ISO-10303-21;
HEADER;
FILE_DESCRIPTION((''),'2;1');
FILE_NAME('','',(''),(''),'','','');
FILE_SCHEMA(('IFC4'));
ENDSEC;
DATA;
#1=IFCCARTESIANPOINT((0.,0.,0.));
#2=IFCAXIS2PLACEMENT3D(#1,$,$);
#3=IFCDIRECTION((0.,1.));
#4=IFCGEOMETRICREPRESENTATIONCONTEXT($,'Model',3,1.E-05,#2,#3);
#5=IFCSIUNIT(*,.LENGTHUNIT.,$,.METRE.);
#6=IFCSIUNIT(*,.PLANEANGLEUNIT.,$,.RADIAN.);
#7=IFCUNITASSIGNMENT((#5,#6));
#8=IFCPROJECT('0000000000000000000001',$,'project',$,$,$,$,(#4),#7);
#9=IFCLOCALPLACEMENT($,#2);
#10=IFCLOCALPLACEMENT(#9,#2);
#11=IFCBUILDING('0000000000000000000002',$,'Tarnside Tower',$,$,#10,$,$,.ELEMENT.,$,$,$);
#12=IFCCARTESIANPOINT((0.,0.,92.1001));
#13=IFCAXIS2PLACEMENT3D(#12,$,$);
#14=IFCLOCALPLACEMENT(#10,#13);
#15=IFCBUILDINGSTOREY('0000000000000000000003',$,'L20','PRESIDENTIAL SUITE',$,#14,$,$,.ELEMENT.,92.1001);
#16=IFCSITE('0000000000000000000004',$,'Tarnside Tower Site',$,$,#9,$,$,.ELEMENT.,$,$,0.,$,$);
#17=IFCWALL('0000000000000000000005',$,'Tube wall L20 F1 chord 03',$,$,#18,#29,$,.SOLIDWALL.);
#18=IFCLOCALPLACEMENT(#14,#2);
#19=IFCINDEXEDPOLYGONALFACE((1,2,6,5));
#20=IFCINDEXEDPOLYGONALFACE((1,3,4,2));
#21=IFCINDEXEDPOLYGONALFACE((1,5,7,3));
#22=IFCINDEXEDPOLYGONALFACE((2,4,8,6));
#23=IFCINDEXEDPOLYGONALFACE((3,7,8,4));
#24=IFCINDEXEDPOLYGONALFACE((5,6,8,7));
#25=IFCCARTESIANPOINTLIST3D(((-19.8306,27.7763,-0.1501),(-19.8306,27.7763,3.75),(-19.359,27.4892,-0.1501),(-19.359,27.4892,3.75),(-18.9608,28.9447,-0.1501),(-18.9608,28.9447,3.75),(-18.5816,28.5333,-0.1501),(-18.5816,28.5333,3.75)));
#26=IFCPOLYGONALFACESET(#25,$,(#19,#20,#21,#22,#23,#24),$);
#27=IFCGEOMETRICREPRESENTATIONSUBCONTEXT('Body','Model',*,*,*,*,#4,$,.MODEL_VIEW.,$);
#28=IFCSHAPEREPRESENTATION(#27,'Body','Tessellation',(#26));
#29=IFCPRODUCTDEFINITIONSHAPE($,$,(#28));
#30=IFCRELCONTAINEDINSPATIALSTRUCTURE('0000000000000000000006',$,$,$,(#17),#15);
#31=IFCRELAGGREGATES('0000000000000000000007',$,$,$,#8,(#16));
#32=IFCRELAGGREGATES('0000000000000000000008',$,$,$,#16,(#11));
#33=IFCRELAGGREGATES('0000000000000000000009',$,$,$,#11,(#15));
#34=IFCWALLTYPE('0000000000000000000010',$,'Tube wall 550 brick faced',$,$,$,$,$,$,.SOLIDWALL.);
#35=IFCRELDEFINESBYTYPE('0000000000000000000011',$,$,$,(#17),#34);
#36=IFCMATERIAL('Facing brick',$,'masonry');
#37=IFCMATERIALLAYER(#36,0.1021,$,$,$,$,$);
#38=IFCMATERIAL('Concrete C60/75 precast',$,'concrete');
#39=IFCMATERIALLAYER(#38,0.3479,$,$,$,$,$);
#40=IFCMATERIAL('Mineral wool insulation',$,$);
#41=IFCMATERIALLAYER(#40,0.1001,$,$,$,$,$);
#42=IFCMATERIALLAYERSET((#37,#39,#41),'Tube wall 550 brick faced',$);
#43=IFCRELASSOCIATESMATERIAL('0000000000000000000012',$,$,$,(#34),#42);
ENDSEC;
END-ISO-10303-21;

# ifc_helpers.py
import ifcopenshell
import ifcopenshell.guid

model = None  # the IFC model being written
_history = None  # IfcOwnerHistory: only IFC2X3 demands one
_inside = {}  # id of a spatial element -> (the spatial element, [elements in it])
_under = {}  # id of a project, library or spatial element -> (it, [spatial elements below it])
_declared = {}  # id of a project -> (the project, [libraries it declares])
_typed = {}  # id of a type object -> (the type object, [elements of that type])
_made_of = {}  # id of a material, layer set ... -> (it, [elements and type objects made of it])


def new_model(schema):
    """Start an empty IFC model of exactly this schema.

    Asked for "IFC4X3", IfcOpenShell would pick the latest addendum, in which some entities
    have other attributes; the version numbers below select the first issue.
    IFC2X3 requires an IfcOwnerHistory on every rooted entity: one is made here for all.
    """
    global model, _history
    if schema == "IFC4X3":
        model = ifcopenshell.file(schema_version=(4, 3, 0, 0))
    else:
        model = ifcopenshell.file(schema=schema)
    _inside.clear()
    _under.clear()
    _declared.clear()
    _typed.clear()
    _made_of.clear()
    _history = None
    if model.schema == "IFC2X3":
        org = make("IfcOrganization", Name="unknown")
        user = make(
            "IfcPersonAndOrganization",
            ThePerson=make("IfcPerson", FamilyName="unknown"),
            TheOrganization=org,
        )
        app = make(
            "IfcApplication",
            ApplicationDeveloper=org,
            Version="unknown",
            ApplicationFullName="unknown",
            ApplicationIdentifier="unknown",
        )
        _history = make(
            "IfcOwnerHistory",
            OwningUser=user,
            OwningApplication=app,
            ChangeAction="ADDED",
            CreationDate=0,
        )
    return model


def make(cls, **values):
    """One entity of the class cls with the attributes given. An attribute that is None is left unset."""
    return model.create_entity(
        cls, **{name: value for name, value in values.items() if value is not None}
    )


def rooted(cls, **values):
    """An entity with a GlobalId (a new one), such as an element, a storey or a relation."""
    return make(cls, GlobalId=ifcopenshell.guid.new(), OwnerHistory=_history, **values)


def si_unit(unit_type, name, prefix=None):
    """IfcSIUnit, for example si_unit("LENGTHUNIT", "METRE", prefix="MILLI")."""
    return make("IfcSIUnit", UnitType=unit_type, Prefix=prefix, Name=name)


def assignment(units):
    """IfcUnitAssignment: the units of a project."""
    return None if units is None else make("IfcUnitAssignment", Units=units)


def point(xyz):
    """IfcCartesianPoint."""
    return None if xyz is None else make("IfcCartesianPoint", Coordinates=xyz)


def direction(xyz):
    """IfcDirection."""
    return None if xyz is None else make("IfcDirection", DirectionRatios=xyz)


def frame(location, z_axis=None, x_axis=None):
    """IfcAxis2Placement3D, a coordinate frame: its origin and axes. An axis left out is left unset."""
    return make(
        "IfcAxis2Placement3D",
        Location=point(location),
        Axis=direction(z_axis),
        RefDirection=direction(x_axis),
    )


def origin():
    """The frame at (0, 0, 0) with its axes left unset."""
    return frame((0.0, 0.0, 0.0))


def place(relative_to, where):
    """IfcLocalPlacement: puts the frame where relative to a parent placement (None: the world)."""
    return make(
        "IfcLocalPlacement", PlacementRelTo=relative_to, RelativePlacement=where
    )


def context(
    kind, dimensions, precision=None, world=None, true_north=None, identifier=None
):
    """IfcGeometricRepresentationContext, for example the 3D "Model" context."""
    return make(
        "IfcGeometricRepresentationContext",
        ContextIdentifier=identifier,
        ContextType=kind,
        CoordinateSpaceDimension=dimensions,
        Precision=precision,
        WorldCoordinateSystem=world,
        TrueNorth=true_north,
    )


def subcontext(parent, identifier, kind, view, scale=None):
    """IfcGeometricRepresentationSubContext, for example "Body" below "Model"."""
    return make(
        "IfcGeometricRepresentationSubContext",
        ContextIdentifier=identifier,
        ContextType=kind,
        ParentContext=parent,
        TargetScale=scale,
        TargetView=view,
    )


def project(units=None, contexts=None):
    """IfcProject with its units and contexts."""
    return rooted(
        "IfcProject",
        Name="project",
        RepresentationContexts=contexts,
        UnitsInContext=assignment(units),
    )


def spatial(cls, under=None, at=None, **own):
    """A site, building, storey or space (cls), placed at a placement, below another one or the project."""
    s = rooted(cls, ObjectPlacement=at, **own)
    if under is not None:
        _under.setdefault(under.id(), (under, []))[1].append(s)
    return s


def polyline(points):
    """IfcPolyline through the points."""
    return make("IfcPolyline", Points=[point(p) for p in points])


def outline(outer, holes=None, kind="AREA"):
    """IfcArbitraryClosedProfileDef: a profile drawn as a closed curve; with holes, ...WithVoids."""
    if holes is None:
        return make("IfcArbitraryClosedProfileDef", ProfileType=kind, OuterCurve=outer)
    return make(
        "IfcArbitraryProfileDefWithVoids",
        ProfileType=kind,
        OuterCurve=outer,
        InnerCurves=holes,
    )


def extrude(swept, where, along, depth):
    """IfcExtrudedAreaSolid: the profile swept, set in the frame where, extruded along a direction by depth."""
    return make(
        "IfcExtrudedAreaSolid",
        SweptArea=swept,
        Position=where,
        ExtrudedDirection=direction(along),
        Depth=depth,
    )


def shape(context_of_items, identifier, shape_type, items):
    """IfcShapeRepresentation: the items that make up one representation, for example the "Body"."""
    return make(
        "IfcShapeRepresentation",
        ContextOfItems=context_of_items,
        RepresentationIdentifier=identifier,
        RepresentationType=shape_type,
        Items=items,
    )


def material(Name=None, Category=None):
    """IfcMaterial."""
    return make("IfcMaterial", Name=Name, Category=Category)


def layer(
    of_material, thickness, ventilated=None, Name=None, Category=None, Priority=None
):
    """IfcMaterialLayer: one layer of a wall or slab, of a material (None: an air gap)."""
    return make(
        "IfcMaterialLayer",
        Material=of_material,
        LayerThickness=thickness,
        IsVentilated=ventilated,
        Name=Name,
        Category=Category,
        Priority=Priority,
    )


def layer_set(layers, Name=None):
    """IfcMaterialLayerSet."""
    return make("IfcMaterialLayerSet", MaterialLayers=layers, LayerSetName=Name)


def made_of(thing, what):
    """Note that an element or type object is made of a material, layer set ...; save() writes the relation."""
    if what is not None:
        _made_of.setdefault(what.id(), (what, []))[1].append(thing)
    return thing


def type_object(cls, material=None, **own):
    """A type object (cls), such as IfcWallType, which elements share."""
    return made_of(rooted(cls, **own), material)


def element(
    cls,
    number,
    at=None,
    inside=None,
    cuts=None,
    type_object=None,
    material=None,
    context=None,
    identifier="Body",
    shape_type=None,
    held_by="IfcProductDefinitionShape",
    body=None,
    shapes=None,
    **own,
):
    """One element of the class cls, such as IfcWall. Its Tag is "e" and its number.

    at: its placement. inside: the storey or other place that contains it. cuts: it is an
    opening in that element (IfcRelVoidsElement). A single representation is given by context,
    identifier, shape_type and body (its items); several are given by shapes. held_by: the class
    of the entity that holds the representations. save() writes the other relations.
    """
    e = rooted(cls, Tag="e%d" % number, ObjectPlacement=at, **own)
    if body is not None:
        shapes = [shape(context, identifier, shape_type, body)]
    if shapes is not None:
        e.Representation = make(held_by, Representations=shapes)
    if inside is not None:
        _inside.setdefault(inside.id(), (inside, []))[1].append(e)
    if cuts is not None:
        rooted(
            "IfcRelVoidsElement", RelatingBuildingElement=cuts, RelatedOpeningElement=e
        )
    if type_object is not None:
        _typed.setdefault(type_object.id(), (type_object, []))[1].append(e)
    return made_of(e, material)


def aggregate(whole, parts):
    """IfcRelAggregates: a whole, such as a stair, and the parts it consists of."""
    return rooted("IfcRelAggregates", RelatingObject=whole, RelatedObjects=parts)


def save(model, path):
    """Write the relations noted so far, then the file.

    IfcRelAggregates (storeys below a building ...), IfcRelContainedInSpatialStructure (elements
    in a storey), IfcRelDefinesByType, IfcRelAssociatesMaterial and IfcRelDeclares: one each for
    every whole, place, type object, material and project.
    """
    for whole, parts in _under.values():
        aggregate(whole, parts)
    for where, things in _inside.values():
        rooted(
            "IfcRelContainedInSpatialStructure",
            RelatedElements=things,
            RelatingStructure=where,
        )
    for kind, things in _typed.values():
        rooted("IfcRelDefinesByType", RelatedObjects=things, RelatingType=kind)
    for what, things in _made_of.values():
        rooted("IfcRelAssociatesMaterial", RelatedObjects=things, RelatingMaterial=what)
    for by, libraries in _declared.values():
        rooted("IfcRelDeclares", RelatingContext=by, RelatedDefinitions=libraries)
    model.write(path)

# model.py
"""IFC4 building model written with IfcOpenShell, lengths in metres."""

from ifc_helpers import new_model, si_unit, direction, frame, origin, place, context, subcontext, project, spatial, polyline, outline, extrude, material, layer, layer_set, type_object, element, save


model = new_model("IFC4")

# Units and contexts
model_context = context("Model", 3, precision=1e-05, world=origin(), true_north=direction((0.0, 1.0)))
body_context = subcontext(model_context, "Body", "Model", "MODEL_VIEW")
ifc_project = project(units=[si_unit("LENGTHUNIT", "METRE"), si_unit("PLANEANGLEUNIT", "RADIAN")], contexts=[model_context])

# Site, building, storey
site_placement = place(None, origin())
site = spatial("IfcSite", under=ifc_project, at=site_placement, Name="Tarnside Tower Site", CompositionType="ELEMENT", RefElevation=0.0)
building_placement = place(site_placement, origin())
building = spatial("IfcBuilding", under=site, at=building_placement, Name="Tarnside Tower", CompositionType="ELEMENT")
storey_placement = place(building_placement, frame((0.0, 0.0, 92.1001)))
storey = spatial("IfcBuildingStorey", under=building, at=storey_placement, Name="L20", Description="PRESIDENTIAL SUITE", CompositionType="ELEMENT", Elevation=92.1001)

# Wall
ifc_material_1 = material(Name="Facing brick", Category="masonry")
ifc_layer_1 = layer(ifc_material_1, 0.1021)
ifc_material_2 = material(Name="Concrete C60/75 precast", Category="concrete")
ifc_layer_2 = layer(ifc_material_2, 0.3479)
ifc_material_3 = material(Name="Mineral wool insulation")
ifc_layer_3 = layer(ifc_material_3, 0.1001)
ifc_layer_set_1 = layer_set([ifc_layer_1, ifc_layer_2, ifc_layer_3], Name="Tube wall 550 brick faced")
wall_type_1 = type_object("IfcWallType", Name="Tube wall 550 brick faced", PredefinedType="SOLIDWALL", material=ifc_layer_set_1)
wall_1_placement = place(storey_placement, frame((-18.7712, 28.739, -0.1501), z_axis=(0.0, 0.0, 1.0), x_axis=(-0.597135, -0.802141, 0.0)))
element("IfcWall", 1, at=wall_1_placement, inside=storey, type_object=wall_type_1, Name="Tube wall L20 F1 chord 03", PredefinedType="SOLIDWALL", context=body_context, shape_type="SweptSolid", body=[
    extrude(outline(polyline([(-0.0518, -0.2749), (1.4048, -0.2749), (1.3535, 0.2749), (0.0518, 0.2749), (-0.0518, -0.2749)])), origin(), (0.0, 0.0, 1.0), 3.9001),
])

save(model, "model.ifc")
